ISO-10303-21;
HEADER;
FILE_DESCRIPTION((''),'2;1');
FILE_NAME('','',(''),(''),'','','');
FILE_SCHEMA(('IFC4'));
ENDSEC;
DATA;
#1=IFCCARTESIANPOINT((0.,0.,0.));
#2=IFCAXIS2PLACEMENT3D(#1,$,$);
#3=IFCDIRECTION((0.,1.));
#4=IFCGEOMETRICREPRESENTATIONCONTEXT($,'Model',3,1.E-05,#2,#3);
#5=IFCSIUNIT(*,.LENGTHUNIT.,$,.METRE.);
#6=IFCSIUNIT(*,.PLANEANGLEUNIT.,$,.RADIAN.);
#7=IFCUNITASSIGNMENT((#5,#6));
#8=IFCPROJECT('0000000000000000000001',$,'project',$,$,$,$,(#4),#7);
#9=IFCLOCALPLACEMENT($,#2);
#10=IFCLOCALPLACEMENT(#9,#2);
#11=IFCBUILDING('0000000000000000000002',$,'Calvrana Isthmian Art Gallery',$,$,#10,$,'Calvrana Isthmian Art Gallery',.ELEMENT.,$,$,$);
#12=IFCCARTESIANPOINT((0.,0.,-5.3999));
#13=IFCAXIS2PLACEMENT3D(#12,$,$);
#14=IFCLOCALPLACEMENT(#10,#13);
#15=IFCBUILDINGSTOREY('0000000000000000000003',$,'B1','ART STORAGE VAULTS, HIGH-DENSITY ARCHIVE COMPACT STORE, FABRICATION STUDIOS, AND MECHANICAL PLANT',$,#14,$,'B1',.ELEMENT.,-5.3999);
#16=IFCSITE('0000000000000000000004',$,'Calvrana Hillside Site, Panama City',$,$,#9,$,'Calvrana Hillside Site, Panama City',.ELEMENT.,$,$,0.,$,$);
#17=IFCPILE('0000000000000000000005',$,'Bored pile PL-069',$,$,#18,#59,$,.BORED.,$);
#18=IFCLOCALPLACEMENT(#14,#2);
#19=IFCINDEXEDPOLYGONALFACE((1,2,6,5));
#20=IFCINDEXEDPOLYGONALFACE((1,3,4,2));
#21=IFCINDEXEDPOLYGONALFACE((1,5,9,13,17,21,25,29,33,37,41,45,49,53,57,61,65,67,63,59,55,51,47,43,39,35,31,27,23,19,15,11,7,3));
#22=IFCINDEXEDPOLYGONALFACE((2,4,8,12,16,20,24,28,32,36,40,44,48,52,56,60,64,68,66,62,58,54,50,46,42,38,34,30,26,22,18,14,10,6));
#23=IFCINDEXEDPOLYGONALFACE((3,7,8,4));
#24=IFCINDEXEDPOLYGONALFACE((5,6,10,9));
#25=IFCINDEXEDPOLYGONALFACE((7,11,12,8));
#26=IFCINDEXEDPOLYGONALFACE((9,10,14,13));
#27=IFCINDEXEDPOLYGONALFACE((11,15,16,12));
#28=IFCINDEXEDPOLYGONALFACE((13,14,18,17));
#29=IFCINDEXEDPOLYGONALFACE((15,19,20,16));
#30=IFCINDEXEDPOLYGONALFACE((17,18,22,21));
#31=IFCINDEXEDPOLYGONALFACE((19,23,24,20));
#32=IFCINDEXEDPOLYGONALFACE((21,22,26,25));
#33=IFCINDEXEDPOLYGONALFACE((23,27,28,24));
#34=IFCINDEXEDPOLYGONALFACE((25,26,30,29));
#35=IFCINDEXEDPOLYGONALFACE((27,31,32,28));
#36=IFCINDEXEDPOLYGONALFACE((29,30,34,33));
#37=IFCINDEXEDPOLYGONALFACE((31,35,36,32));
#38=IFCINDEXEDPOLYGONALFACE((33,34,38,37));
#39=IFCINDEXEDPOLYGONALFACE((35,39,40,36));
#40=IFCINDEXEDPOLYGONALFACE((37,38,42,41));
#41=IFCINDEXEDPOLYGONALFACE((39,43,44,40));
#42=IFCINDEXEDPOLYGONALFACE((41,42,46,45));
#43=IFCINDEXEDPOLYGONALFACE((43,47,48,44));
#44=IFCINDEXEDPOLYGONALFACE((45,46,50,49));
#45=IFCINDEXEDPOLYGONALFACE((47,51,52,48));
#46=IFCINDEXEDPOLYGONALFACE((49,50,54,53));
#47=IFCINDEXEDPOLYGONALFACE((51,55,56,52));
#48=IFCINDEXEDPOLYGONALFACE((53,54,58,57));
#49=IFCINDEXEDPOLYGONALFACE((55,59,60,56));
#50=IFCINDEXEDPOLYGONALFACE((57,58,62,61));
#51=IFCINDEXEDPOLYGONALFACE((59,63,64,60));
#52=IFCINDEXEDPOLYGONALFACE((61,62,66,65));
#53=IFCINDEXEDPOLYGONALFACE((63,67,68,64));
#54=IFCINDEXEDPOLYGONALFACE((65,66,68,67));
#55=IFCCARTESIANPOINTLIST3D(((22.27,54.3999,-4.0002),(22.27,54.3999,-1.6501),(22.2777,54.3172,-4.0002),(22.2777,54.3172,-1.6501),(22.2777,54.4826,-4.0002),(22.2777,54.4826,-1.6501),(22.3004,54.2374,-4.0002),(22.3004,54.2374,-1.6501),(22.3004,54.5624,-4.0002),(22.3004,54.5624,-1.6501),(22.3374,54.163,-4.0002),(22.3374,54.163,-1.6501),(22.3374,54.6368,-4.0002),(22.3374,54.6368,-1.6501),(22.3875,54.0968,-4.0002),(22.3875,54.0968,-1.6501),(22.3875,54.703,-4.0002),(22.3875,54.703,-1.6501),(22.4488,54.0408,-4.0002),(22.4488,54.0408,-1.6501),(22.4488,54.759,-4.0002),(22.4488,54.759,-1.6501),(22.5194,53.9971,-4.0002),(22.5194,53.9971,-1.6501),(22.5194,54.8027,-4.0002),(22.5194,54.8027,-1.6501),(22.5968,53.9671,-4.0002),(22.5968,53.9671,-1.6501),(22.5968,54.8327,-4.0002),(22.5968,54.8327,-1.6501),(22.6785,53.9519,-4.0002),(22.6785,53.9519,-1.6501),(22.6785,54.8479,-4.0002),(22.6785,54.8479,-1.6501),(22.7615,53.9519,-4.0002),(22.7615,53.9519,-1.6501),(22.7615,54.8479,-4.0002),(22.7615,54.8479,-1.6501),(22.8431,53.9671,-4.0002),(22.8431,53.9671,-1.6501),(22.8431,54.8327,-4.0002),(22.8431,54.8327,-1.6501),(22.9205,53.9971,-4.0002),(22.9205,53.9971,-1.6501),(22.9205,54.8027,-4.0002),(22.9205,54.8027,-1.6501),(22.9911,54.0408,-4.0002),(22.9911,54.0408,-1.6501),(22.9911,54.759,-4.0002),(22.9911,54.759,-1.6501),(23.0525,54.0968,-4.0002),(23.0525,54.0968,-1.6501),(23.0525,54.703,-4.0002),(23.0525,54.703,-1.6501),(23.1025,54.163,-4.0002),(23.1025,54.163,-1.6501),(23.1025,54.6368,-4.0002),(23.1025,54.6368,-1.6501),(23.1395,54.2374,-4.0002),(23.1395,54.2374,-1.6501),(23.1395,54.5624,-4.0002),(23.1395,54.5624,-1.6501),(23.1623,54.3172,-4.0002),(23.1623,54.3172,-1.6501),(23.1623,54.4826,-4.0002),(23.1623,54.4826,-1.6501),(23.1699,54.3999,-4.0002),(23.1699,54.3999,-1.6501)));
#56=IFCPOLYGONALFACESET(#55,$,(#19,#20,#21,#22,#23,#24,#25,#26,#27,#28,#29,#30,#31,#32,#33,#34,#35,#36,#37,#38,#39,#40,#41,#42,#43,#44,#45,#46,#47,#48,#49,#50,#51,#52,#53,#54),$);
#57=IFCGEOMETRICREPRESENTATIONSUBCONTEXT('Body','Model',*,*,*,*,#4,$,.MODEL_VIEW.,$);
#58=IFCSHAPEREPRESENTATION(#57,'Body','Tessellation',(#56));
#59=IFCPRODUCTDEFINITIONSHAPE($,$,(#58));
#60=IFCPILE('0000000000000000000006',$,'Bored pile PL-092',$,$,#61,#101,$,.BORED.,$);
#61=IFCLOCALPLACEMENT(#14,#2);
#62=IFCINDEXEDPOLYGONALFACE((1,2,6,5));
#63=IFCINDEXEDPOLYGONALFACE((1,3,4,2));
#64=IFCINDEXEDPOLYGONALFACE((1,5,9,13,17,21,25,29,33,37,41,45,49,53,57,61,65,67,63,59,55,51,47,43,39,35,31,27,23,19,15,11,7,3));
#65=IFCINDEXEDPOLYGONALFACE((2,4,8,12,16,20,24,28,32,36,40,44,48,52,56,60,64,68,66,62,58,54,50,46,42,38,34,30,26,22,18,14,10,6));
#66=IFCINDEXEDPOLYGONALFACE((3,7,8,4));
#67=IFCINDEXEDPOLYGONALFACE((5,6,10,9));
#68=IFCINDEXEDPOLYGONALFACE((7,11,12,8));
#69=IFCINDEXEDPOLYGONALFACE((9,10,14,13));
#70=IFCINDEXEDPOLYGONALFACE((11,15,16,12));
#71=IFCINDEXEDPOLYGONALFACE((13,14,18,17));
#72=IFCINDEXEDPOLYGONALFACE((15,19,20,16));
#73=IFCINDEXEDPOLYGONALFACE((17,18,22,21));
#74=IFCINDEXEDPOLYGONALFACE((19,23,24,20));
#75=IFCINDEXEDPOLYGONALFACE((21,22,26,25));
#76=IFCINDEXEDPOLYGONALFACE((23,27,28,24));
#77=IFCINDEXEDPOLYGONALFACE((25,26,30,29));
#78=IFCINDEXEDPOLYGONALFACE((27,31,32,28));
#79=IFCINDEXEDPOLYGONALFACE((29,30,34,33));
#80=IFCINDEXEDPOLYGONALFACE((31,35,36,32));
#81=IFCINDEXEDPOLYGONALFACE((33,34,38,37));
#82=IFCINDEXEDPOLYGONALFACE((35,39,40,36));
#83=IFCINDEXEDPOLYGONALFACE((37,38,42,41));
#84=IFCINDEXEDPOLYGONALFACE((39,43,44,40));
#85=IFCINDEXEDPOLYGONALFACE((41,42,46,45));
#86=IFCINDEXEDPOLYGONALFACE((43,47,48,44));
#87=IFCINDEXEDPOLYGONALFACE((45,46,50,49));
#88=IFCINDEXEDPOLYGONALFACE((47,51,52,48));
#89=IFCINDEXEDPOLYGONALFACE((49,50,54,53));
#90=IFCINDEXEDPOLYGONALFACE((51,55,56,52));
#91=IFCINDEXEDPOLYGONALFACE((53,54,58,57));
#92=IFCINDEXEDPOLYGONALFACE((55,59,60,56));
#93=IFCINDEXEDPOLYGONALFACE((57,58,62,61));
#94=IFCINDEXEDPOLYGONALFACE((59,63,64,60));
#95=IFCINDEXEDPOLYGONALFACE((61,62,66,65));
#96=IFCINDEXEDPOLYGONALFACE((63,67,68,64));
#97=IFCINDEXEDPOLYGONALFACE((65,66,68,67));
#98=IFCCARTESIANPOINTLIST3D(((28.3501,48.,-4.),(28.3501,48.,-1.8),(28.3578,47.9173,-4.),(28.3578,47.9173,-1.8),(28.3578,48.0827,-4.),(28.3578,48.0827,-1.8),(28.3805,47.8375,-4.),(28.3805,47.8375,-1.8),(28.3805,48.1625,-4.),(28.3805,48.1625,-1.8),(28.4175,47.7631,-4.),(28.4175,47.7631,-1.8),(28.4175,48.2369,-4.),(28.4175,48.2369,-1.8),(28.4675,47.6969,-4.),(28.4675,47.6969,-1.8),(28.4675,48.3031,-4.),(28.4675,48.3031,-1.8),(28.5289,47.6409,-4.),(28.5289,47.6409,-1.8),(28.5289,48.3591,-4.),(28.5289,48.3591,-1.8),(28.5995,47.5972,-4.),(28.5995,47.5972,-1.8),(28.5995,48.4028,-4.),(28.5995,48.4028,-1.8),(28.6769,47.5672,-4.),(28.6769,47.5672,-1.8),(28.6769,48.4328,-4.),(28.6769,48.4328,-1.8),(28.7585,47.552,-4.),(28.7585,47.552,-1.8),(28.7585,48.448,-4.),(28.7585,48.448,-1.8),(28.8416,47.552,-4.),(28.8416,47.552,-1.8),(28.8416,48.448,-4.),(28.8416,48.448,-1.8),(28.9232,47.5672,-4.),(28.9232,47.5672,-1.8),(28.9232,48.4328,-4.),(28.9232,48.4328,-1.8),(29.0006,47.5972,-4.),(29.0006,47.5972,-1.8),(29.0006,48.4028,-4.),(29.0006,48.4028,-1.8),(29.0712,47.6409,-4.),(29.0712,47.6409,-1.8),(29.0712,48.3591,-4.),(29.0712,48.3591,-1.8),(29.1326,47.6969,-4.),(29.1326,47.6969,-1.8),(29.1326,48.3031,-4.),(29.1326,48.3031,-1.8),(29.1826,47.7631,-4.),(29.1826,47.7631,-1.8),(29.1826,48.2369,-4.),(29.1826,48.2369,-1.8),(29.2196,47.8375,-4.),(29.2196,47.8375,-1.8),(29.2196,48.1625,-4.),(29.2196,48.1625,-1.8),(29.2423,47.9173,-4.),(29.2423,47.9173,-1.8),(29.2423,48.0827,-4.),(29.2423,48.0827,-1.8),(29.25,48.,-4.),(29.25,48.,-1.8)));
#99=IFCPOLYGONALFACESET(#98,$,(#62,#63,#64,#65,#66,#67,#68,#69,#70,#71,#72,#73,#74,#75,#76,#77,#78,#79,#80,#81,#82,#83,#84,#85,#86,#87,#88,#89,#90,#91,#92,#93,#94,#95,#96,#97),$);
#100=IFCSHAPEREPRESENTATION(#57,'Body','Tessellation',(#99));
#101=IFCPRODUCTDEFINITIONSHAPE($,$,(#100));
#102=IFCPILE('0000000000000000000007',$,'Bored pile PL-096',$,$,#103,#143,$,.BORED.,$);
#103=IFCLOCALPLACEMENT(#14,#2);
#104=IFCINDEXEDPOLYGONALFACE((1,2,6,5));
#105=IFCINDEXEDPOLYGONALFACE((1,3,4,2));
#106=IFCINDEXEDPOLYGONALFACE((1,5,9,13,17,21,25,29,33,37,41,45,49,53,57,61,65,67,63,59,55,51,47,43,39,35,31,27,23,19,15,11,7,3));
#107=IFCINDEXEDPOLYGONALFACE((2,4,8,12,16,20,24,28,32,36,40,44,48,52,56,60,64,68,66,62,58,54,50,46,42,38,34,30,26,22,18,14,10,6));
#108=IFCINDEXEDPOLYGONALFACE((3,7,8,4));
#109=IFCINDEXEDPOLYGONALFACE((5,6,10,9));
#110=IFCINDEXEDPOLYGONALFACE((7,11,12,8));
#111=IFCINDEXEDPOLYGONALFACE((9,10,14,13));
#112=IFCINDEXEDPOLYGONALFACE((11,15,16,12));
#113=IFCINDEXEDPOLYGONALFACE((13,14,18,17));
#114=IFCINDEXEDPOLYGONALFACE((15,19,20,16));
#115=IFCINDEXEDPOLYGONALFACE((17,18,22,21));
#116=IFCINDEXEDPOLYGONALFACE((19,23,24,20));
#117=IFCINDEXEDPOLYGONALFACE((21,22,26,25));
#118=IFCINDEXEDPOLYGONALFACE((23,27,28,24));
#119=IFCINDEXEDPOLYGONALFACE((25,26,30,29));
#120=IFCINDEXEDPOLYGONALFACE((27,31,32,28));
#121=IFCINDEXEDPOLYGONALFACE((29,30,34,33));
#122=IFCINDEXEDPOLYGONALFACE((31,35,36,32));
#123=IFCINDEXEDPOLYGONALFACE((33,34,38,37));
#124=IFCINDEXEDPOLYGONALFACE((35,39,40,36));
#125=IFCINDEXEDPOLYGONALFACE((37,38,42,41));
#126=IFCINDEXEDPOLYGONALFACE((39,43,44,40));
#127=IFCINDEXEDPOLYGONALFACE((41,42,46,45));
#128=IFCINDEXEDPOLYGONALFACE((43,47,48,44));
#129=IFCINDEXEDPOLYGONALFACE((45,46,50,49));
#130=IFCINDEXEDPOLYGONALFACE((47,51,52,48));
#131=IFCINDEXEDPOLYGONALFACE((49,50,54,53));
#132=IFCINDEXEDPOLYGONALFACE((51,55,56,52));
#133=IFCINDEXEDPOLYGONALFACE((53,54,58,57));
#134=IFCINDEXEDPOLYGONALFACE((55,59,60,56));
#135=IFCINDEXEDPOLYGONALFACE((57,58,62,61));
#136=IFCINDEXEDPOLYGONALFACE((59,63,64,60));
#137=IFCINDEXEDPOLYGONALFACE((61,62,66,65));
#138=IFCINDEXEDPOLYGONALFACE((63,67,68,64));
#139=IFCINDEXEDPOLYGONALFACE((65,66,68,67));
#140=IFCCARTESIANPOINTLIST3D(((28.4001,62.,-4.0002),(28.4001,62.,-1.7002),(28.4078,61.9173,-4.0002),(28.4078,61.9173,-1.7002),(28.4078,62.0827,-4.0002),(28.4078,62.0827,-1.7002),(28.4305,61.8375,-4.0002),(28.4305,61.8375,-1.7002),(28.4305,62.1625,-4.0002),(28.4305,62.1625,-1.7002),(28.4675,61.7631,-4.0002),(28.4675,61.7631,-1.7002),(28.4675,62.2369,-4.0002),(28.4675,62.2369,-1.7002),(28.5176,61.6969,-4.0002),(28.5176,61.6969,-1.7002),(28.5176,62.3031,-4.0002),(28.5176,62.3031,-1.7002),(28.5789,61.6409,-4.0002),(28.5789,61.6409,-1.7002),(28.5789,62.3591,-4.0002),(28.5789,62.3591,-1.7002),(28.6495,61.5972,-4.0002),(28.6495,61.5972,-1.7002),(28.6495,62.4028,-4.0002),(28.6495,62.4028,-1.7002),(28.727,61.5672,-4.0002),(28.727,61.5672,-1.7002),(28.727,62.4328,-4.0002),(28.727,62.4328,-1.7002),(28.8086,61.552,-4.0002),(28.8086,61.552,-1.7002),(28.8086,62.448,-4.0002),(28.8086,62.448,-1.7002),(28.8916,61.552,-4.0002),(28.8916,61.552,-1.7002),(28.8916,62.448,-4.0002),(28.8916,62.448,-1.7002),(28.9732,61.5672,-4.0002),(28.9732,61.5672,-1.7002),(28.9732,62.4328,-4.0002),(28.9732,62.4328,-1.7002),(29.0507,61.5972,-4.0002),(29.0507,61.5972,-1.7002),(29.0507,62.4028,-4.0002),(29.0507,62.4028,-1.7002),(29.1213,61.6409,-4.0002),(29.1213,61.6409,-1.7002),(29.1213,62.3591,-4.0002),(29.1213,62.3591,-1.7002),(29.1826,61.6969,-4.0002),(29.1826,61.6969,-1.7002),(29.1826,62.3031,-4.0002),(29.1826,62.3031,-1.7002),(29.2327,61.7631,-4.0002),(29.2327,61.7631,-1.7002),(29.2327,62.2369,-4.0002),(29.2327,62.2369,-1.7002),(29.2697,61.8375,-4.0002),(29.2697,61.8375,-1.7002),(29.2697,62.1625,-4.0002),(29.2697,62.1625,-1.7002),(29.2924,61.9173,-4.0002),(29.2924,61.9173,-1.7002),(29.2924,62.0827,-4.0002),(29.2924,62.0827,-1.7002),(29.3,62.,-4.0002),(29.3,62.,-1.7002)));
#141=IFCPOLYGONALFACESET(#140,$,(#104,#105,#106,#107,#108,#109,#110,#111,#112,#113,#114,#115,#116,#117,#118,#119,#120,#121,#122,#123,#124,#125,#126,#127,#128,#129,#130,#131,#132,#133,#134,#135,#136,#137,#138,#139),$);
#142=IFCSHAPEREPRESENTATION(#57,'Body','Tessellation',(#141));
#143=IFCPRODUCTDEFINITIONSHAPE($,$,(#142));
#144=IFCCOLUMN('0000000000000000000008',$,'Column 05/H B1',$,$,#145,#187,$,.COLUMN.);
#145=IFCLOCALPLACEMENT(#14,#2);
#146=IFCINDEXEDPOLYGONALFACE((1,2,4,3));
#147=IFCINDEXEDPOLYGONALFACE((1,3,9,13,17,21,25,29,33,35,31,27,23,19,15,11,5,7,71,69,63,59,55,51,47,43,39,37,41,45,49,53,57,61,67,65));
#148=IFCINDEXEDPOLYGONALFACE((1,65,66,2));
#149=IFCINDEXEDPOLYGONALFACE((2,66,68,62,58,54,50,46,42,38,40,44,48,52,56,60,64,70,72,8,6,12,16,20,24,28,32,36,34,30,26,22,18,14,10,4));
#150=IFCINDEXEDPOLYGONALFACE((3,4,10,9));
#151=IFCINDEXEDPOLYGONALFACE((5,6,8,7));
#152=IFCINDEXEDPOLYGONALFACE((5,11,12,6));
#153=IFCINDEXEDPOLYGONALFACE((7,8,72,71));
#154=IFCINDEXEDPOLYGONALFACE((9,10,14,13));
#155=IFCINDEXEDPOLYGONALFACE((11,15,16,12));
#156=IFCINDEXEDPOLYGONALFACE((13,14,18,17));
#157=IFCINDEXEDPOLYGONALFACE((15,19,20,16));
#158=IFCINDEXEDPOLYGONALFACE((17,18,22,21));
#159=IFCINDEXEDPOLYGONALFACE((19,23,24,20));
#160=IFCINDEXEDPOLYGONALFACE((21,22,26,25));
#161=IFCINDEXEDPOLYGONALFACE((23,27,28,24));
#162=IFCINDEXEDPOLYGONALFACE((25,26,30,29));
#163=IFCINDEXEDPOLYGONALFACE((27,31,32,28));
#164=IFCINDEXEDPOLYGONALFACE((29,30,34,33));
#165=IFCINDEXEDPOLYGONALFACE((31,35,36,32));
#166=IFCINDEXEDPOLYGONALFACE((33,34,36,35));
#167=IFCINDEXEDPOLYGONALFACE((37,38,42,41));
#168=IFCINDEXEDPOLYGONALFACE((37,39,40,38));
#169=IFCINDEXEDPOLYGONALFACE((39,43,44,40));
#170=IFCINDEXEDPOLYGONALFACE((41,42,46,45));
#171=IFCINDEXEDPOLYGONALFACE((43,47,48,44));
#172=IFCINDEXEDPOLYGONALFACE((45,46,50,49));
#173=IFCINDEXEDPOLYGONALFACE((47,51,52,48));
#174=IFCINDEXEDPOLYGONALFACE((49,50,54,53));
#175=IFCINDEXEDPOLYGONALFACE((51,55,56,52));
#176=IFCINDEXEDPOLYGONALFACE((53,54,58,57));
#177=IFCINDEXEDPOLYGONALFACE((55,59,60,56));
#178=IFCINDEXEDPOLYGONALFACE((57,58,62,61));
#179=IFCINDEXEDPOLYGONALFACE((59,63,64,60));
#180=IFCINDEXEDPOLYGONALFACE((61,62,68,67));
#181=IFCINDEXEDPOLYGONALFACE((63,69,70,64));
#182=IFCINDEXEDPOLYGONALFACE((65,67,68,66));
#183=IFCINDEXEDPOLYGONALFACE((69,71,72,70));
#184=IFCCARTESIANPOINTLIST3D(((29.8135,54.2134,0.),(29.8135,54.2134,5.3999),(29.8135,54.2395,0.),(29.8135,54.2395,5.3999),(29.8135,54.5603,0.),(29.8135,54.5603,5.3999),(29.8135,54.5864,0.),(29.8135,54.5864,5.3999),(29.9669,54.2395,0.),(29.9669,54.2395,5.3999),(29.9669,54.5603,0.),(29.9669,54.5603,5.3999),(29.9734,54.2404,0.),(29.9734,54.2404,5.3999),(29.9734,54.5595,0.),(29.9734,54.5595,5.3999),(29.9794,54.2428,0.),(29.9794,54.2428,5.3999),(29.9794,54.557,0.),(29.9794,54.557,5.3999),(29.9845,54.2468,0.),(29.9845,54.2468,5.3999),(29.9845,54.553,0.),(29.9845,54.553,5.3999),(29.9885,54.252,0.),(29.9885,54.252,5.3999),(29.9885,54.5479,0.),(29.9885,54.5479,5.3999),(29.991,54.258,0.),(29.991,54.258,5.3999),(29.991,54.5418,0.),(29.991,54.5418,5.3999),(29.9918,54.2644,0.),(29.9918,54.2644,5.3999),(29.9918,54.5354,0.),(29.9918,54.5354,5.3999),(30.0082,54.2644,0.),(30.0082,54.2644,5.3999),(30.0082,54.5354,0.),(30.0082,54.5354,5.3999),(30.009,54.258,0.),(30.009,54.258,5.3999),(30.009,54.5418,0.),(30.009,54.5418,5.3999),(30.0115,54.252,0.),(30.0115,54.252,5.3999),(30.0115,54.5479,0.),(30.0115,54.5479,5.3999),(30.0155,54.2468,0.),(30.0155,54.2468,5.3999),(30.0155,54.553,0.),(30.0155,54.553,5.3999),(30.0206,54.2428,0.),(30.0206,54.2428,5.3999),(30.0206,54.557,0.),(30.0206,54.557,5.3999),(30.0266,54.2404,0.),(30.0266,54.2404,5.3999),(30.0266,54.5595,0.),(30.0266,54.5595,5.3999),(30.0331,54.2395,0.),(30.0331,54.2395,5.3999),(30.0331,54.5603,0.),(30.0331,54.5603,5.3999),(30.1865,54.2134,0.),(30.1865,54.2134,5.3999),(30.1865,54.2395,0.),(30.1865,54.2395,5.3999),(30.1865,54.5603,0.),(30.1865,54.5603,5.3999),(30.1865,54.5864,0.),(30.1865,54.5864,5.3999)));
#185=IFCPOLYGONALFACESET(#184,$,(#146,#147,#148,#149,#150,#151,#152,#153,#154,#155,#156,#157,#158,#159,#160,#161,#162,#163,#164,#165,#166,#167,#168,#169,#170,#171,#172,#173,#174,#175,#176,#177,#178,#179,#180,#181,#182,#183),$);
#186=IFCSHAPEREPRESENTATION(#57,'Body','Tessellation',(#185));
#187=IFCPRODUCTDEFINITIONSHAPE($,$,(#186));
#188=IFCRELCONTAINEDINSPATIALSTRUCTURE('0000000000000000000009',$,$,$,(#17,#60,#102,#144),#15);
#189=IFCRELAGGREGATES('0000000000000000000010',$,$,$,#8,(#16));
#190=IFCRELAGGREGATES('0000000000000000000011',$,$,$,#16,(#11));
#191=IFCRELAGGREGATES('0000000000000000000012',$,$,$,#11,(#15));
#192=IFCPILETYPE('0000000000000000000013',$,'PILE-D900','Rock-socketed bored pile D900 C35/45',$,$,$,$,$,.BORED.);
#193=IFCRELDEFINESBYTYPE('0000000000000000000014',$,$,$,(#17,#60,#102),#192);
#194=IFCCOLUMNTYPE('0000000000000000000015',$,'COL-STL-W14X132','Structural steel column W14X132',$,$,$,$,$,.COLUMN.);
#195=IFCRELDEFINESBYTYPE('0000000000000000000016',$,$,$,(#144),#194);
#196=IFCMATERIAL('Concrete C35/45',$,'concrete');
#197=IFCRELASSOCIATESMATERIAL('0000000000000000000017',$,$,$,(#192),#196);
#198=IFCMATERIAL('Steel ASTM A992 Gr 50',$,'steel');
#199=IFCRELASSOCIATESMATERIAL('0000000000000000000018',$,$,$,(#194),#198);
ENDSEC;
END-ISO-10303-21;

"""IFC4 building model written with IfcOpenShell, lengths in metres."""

from ifc_helpers import new_model, si_unit, direction, frame, origin, origin_2d, place, context, subcontext, project, spatial, circle, i_section, extrude, material, material_profile, profile_set, type_object, element, save


model = new_model("IFC4")

# Units and contexts
model_context = context("Model", 3, precision=1e-05, world=origin(), true_north=direction((0.0, 1.0)))
body_context = subcontext(model_context, "Body", "Model", "MODEL_VIEW")
ifc_project = project(units=[si_unit("LENGTHUNIT", "METRE"), si_unit("PLANEANGLEUNIT", "RADIAN")], contexts=[model_context])

# Site, building, storey
site_placement = place(None, origin())
site = spatial("IfcSite", under=ifc_project, at=site_placement, Name="Calvrana Hillside Site, Panama City", LongName="Calvrana Hillside Site, Panama City", CompositionType="ELEMENT", RefElevation=0.0)
building_placement = place(site_placement, origin())
building = spatial("IfcBuilding", under=site, at=building_placement, Name="Calvrana Isthmian Art Gallery", LongName="Calvrana Isthmian Art Gallery", CompositionType="ELEMENT")
storey_placement = place(building_placement, frame((0.0, 0.0, -5.3999)))
storey = spatial("IfcBuildingStorey", under=building, at=storey_placement, Name="B1", Description="ART STORAGE VAULTS, HIGH-DENSITY ARCHIVE COMPACT STORE, FABRICATION STUDIOS, AND MECHANICAL PLANT", LongName="B1", CompositionType="ELEMENT", Elevation=-5.3999)

# Shared definitions
ifc_material_1 = material(Name="Concrete C35/45", Category="concrete")

# Piles
ifc_material_profile_1 = material_profile(ifc_material_1, circle(Radius=0.45, at=origin_2d()), Name="PILE900D")
ifc_profile_set_1 = profile_set([ifc_material_profile_1], Name="Concrete C35/45")
pile_type_1 = type_object("IfcPileType", Name="PILE-D900", Description="Rock-socketed bored pile D900 C35/45", PredefinedType="BORED", material=ifc_profile_set_1)
pile_1_placement = place(storey_placement, frame((22.72, 54.3999, -1.6501), z_axis=(0.0, 0.0, -1.0), x_axis=(1.0, 0.0, 0.0)))
element("IfcPile", 1, at=pile_1_placement, inside=storey, type_object=pile_type_1, Name="Bored pile PL-069", PredefinedType="BORED", context=body_context, shape_type="SweptSolid", body=[
    extrude(circle(Radius=0.45, at=origin_2d()), origin(), (0.0, 0.0, 1.0), 2.3501),
])
pile_2_placement = place(storey_placement, frame((28.8, 48.0, -1.8), z_axis=(0.0, 0.0, -1.0), x_axis=(1.0, 0.0, 0.0)))
element("IfcPile", 2, at=pile_2_placement, inside=storey, type_object=pile_type_1, Name="Bored pile PL-092", PredefinedType="BORED", context=body_context, shape_type="SweptSolid", body=[
    extrude(circle(Radius=0.45, at=origin_2d()), origin(), (0.0, 0.0, 1.0), 2.2),
])
pile_3_placement = place(storey_placement, frame((28.8501, 62.0, -1.7002), z_axis=(0.0, 0.0, -1.0), x_axis=(1.0, 0.0, 0.0)))
element("IfcPile", 3, at=pile_3_placement, inside=storey, type_object=pile_type_1, Name="Bored pile PL-096", PredefinedType="BORED", context=body_context, shape_type="SweptSolid", body=[
    extrude(circle(Radius=0.45, at=origin_2d()), origin(), (0.0, 0.0, 1.0), 2.3),
])

# Column
ifc_material_2 = material(Name="Steel ASTM A992 Gr 50", Category="steel")
ifc_material_profile_2 = material_profile(ifc_material_2, i_section(OverallWidth=0.373, OverallDepth=0.373, WebThickness=0.0164, FlangeThickness=0.0261, FilletRadius=0.0249, at=origin_2d()), Name="W14X132")
ifc_profile_set_2 = profile_set([ifc_material_profile_2], Name="Steel ASTM A992 Gr 50")
column_type_1 = type_object("IfcColumnType", Name="COL-STL-W14X132", Description="Structural steel column W14X132", PredefinedType="COLUMN", material=ifc_profile_set_2)
column_1_placement = place(storey_placement, frame((30.0, 54.3999, 0.0), z_axis=(0.0, 0.0, 1.0), x_axis=(1.0, 0.0, 0.0)))
element("IfcColumn", 4, at=column_1_placement, inside=storey, type_object=column_type_1, Name="Column 05/H B1", PredefinedType="COLUMN", context=body_context, shape_type="SweptSolid", body=[
    extrude(i_section(OverallWidth=0.373, OverallDepth=0.373, WebThickness=0.0164, FlangeThickness=0.0261, FilletRadius=0.0249, at=origin_2d()), origin(), (0.0, 0.0, 1.0), 5.3999),
])

save(model, "model.ifc")
